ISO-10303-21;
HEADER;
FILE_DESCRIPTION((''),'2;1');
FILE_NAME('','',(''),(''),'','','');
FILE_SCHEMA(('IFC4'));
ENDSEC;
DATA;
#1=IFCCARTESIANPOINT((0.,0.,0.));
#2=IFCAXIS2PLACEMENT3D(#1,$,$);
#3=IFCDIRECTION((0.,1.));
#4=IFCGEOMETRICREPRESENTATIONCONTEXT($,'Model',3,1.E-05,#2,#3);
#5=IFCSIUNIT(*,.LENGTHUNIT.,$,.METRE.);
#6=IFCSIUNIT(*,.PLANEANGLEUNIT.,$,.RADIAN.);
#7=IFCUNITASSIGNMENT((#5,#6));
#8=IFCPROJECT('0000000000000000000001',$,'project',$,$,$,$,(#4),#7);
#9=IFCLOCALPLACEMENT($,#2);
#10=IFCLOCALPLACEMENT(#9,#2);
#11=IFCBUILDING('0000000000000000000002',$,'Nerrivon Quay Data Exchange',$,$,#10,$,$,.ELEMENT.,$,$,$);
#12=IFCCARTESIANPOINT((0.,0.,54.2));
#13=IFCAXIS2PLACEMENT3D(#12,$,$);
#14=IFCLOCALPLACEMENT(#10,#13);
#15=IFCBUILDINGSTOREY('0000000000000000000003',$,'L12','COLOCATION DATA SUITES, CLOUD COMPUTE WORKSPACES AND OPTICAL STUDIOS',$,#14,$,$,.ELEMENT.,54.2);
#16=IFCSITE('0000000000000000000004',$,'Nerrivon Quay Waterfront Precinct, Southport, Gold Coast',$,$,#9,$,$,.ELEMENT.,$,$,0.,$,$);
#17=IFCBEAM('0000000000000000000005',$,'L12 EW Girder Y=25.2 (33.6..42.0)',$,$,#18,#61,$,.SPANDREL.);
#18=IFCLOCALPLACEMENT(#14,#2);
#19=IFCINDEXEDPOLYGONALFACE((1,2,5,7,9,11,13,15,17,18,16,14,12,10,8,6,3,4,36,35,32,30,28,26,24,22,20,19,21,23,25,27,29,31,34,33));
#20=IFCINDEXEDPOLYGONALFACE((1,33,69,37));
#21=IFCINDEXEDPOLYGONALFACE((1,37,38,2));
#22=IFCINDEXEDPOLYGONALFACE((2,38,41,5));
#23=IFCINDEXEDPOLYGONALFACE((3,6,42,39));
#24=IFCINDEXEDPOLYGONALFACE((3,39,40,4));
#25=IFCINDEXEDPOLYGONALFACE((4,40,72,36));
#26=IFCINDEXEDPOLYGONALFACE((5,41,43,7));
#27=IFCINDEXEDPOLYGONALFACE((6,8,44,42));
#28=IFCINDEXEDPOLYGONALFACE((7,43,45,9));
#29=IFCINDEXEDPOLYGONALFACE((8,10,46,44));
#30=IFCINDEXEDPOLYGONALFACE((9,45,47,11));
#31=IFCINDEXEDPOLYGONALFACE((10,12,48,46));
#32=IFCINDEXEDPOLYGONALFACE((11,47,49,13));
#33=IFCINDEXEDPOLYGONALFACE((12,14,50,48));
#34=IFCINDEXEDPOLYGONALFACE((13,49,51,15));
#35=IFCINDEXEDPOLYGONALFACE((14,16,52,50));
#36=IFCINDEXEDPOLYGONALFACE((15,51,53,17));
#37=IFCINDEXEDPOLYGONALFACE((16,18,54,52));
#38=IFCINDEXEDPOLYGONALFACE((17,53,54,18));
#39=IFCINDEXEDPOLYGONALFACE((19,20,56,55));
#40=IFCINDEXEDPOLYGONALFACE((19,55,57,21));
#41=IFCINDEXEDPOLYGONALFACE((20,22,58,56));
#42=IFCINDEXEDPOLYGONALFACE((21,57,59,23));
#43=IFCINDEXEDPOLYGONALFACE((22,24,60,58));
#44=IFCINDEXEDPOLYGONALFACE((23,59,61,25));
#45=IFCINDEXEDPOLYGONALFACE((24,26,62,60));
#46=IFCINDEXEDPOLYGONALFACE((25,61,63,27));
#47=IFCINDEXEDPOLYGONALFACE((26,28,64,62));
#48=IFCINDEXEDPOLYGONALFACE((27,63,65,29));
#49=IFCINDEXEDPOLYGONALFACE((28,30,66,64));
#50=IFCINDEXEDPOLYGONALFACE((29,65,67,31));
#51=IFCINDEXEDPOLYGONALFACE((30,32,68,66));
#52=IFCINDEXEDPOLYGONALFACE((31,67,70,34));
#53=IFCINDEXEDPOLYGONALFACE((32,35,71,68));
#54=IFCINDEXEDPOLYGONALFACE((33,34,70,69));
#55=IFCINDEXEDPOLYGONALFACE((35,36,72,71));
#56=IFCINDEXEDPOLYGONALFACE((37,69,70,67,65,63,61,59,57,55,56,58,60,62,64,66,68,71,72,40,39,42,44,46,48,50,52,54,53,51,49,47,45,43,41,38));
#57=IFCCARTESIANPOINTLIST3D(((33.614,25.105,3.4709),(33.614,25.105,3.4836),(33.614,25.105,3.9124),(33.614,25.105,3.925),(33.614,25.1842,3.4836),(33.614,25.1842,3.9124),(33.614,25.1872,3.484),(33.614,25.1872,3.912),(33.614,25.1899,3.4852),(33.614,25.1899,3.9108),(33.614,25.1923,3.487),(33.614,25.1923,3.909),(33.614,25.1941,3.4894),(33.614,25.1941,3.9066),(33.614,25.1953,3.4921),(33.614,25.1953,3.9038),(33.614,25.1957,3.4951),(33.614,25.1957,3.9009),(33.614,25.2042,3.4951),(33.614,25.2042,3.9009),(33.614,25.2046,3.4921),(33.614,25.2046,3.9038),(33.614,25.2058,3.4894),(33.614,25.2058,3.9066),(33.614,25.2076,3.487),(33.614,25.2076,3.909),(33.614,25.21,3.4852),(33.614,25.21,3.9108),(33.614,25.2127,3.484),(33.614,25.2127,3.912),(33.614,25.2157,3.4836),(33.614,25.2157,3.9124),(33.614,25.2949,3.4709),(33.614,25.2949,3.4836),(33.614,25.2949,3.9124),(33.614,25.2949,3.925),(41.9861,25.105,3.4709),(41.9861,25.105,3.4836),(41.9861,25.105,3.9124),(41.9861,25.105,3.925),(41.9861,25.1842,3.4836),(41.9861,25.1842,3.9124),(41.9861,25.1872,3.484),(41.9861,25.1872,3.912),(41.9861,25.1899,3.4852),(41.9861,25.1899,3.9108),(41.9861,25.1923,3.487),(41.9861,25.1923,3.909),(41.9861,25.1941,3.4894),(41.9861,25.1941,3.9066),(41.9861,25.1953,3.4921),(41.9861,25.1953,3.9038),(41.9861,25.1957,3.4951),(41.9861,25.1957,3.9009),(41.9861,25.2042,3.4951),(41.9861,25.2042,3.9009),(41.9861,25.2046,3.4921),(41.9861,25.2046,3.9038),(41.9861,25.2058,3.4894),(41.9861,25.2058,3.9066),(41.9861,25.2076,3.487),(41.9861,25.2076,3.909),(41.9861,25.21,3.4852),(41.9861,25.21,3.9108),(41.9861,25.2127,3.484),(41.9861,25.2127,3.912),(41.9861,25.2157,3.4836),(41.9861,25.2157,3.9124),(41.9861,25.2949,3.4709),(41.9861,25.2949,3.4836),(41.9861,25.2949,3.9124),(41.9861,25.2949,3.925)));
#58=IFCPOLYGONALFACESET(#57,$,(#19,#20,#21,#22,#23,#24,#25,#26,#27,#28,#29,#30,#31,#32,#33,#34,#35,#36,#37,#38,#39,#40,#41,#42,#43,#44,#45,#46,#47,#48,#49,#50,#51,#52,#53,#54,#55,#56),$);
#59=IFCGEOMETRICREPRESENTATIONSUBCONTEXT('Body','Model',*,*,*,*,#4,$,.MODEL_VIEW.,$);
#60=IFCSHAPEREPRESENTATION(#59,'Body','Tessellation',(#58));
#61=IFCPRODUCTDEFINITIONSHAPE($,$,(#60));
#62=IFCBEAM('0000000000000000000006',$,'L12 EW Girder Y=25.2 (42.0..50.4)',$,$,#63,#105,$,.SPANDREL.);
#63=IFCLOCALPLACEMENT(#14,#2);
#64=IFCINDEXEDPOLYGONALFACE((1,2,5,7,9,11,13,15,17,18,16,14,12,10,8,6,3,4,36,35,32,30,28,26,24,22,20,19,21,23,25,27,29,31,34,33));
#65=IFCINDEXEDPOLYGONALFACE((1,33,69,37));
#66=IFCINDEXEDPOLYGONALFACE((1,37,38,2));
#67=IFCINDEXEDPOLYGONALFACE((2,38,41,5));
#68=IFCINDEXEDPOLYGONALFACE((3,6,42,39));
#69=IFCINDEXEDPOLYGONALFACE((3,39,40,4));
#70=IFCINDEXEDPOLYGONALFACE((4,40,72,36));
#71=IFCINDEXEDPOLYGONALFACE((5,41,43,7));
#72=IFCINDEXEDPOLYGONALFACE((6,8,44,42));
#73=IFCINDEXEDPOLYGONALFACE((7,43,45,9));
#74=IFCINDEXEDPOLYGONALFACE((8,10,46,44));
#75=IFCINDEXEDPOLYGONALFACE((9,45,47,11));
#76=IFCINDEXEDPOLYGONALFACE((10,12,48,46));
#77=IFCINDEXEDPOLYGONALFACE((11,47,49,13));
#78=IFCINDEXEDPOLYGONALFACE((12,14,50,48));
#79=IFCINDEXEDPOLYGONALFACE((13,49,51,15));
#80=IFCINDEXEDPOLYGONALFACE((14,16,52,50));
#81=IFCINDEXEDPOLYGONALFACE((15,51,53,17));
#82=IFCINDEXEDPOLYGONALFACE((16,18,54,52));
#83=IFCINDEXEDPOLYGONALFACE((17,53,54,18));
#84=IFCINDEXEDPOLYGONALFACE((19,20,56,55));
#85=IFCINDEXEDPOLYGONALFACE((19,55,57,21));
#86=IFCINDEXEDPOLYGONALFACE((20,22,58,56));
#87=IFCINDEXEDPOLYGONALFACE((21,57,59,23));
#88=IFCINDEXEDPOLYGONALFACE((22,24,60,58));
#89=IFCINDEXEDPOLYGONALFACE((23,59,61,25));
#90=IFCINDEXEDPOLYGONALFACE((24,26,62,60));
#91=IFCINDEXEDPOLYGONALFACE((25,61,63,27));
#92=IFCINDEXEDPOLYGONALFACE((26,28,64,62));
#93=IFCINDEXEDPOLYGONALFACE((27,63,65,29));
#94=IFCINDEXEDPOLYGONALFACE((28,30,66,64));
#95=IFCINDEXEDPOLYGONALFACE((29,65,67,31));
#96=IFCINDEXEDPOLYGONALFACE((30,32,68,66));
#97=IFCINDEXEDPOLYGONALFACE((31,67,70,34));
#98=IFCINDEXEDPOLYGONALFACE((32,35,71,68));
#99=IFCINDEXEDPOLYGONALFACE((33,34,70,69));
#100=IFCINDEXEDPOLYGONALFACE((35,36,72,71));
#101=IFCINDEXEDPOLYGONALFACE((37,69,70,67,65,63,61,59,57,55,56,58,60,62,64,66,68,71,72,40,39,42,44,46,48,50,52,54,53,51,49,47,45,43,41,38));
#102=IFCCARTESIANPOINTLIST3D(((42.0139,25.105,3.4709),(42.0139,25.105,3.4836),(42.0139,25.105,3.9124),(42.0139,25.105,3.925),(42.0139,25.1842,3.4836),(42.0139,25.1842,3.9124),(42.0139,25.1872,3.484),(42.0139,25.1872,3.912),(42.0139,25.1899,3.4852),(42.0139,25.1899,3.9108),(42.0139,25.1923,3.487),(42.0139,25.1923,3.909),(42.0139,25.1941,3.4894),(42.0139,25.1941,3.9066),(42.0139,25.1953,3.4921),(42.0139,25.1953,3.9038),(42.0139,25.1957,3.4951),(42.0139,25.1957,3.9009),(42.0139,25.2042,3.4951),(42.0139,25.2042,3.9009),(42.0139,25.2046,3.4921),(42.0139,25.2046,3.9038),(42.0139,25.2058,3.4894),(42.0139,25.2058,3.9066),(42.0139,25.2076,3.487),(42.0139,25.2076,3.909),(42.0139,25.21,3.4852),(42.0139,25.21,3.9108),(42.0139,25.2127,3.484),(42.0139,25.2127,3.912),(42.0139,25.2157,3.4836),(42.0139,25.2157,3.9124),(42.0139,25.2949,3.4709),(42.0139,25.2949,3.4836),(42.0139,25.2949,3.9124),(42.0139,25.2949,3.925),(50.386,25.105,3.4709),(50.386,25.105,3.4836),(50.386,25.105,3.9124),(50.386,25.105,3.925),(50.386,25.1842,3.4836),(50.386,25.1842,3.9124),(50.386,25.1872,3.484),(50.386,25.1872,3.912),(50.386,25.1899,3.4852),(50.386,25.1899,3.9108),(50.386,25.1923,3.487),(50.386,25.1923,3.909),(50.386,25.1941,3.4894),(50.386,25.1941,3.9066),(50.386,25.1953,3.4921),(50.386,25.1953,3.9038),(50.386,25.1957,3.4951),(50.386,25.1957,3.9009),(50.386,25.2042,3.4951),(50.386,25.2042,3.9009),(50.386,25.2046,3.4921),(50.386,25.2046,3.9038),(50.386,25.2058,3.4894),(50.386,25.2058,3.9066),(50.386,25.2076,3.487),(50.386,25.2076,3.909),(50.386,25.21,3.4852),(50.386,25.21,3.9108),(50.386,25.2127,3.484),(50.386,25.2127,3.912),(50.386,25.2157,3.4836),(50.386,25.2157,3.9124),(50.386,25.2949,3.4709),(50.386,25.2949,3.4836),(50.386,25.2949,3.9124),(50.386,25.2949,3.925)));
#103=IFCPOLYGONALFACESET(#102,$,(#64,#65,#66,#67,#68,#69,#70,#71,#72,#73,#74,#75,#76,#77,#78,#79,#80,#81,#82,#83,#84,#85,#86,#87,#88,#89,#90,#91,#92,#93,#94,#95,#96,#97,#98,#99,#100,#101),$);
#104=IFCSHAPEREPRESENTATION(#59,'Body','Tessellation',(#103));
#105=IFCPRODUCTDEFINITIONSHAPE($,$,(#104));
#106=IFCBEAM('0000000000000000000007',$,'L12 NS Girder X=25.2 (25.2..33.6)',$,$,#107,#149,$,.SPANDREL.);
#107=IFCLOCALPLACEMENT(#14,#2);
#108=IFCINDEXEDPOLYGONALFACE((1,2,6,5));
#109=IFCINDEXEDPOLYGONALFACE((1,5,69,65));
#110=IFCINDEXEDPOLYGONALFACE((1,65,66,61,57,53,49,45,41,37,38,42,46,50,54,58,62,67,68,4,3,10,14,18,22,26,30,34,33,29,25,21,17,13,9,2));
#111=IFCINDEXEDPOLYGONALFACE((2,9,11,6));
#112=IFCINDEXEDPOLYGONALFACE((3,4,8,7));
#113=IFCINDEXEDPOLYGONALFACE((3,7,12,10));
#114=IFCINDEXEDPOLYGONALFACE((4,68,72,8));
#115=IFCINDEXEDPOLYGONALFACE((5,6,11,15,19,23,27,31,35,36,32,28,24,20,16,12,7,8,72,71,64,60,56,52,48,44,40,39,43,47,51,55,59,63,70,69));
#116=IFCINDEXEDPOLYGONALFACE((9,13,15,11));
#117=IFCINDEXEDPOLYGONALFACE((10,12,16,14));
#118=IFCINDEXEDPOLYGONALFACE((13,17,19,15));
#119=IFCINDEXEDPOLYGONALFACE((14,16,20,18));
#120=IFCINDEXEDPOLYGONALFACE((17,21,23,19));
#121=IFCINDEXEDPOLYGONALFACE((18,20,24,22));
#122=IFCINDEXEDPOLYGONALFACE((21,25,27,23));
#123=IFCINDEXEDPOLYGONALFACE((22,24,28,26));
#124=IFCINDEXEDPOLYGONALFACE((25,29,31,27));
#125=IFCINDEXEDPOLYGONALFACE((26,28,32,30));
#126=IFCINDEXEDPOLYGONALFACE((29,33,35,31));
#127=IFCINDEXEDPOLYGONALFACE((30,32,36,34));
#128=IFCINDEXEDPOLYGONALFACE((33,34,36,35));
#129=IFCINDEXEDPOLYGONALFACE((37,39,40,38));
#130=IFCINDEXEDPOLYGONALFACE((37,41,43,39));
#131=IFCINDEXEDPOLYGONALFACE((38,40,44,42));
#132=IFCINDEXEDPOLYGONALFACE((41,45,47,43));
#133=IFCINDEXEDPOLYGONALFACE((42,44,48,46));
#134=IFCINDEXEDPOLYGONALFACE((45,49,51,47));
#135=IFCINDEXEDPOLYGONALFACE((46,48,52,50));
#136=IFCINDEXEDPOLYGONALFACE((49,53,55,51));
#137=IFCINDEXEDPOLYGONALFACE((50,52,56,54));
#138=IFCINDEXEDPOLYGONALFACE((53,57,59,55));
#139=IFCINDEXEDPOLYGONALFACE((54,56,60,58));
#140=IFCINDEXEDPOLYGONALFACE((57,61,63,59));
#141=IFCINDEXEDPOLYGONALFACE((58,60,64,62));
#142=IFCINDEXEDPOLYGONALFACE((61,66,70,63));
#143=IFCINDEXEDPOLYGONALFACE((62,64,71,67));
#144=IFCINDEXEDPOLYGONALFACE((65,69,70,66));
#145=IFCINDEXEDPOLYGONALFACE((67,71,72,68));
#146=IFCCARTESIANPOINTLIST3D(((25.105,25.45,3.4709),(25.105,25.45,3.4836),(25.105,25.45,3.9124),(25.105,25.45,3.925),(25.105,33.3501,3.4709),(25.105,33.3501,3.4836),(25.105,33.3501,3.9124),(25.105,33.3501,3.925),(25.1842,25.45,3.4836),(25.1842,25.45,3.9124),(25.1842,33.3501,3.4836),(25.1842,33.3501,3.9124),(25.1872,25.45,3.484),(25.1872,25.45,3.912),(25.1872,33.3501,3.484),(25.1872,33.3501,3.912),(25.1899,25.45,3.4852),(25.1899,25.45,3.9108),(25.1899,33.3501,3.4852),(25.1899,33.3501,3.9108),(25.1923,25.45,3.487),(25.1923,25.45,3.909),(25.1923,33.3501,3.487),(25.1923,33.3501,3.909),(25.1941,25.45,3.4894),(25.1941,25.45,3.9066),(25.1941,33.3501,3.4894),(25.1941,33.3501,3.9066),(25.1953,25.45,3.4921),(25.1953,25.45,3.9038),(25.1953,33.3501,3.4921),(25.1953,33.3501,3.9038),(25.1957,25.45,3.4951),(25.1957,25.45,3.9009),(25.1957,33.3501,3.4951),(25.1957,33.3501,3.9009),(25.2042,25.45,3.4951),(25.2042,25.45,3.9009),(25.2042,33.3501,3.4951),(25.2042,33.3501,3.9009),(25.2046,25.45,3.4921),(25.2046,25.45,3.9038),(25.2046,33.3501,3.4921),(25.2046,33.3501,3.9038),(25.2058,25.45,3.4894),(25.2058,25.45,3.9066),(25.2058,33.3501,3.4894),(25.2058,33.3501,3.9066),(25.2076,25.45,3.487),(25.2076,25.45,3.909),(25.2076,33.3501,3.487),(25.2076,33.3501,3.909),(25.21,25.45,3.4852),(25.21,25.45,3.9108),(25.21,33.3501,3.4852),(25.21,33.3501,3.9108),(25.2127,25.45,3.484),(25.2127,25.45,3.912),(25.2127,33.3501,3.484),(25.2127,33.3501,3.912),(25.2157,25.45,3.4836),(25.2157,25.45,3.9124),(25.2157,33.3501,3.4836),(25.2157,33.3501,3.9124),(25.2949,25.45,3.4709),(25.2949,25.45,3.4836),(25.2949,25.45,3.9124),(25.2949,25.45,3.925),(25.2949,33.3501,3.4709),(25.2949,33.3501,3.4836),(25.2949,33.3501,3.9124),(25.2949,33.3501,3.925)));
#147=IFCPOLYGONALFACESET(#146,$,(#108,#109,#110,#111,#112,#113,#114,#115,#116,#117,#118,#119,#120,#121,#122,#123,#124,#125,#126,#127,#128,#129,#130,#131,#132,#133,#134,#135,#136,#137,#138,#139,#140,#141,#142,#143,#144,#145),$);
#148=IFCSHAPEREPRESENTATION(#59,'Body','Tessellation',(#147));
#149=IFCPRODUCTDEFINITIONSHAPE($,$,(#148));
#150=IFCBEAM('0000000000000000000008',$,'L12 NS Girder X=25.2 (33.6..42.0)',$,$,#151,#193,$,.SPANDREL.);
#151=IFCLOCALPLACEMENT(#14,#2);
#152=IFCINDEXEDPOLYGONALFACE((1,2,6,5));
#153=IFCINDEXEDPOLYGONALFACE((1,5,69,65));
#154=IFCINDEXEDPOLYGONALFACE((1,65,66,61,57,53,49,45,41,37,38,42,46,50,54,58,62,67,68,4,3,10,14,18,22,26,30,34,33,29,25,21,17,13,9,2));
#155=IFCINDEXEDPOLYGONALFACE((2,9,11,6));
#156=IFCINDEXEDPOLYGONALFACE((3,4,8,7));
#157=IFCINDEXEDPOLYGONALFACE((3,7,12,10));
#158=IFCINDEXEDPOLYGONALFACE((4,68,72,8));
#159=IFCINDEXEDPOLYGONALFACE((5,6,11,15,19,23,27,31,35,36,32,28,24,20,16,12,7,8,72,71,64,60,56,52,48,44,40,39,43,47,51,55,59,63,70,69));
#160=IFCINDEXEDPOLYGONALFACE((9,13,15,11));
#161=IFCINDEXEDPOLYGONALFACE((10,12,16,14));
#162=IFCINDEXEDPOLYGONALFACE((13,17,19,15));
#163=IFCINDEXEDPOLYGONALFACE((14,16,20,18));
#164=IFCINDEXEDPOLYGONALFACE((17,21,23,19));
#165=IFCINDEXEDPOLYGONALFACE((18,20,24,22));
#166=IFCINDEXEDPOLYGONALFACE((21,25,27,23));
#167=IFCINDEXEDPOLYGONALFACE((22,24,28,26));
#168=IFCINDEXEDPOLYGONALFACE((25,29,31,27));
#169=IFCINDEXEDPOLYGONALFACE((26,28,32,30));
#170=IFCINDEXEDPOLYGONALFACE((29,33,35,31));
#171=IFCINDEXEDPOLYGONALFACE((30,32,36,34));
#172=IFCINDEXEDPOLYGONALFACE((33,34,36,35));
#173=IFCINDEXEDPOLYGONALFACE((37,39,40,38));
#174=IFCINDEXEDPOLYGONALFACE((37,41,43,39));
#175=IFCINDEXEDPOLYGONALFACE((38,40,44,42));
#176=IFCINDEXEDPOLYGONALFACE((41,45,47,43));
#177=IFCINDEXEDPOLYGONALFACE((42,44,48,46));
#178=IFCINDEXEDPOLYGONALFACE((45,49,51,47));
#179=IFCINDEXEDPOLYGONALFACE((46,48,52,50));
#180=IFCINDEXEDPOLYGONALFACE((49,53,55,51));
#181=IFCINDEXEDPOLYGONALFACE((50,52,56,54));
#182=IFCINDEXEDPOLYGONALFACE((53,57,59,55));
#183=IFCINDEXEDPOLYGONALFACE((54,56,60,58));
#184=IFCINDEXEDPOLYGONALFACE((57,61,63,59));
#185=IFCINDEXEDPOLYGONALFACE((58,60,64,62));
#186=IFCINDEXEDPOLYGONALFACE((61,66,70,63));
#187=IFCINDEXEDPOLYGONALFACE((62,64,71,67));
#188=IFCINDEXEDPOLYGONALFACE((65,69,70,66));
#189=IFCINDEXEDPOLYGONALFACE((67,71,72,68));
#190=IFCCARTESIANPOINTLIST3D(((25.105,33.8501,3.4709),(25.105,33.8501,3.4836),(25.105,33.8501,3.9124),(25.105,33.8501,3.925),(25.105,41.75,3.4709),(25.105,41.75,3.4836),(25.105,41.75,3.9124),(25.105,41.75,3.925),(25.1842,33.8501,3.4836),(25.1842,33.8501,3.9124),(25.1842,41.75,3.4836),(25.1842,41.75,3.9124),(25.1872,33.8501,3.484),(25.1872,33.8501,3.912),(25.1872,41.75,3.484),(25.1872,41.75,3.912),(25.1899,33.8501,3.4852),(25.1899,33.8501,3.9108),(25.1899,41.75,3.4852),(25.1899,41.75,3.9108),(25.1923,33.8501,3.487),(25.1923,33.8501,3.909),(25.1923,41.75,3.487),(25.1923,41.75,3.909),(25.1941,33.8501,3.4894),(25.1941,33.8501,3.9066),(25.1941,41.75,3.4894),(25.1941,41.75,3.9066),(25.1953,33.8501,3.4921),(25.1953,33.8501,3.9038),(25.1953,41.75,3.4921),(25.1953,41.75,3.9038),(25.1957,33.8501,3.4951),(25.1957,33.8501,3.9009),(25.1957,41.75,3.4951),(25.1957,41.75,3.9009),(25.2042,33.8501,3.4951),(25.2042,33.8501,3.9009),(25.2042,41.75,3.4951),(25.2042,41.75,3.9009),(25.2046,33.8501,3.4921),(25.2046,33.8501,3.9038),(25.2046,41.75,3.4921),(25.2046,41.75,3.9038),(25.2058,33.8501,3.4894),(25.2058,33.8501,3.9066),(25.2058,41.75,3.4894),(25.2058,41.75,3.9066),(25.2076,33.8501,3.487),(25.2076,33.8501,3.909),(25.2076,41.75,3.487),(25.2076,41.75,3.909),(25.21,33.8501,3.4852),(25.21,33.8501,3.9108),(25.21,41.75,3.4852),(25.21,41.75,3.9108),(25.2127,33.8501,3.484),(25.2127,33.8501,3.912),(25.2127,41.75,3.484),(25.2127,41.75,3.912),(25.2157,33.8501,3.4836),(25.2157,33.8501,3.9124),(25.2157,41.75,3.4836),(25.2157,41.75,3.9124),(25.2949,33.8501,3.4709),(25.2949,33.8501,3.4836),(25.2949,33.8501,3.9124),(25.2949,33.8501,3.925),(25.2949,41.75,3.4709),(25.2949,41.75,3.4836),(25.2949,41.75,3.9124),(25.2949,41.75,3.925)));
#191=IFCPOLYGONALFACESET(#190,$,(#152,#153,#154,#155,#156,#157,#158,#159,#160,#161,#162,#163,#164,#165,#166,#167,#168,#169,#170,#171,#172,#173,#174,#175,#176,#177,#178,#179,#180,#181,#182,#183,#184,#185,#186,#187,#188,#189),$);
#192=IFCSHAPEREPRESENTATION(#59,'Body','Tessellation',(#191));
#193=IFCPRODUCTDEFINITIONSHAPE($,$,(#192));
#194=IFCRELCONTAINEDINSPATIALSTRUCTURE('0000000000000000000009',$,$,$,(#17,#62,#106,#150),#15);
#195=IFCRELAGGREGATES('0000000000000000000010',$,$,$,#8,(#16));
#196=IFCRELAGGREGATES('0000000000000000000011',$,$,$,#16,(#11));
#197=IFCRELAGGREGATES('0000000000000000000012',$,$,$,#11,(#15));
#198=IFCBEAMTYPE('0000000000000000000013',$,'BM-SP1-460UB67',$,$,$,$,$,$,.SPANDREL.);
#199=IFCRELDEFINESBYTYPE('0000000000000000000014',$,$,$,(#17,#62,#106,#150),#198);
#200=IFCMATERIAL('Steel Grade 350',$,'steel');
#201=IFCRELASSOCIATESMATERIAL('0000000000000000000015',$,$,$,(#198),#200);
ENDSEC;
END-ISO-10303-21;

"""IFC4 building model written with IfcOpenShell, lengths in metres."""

from ifc_helpers import new_model, si_unit, direction, frame, origin, origin_2d, place, context, subcontext, project, spatial, i_section, extrude, material, material_profile, profile_set, type_object, element, save


model = new_model("IFC4")

# Units and contexts
model_context = context("Model", 3, precision=1e-05, world=origin(), true_north=direction((0.0, 1.0)))
body_context = subcontext(model_context, "Body", "Model", "MODEL_VIEW")
ifc_project = project(units=[si_unit("LENGTHUNIT", "METRE"), si_unit("PLANEANGLEUNIT", "RADIAN")], contexts=[model_context])

# Site, building, storey
site_placement = place(None, origin())
site = spatial("IfcSite", under=ifc_project, at=site_placement, Name="Nerrivon Quay Waterfront Precinct, Southport, Gold Coast", CompositionType="ELEMENT", RefElevation=0.0)
building_placement = place(site_placement, origin())
building = spatial("IfcBuilding", under=site, at=building_placement, Name="Nerrivon Quay Data Exchange", CompositionType="ELEMENT")
storey_placement = place(building_placement, frame((0.0, 0.0, 54.2)))
storey = spatial("IfcBuildingStorey", under=building, at=storey_placement, Name="L12", Description="COLOCATION DATA SUITES, CLOUD COMPUTE WORKSPACES AND OPTICAL STUDIOS", CompositionType="ELEMENT", Elevation=54.2)

# Shared definitions
ifc_material_1 = material(Name="Steel Grade 350", Category="steel")

# Beams
ifc_material_profile_1 = material_profile(ifc_material_1, i_section(OverallWidth=0.1899, OverallDepth=0.4541, WebThickness=0.0085, FlangeThickness=0.0127, FilletRadius=0.0115, at=origin_2d()), Name="460UB67.1")
ifc_profile_set_1 = profile_set([ifc_material_profile_1], Name="Steel Grade 350")
beam_type = type_object("IfcBeamType", Name="BM-SP1-460UB67", PredefinedType="SPANDREL", material=ifc_profile_set_1)
for number, where, z_axis, x_axis, name in (
    (1, (33.614, 25.2, 3.698), (1.0, 0.0, 0.0), (0.0, 1.0, 0.0), "L12 EW Girder Y=25.2 (33.6..42.0)"),
    (2, (42.0139, 25.2, 3.698), (1.0, 0.0, 0.0), (0.0, 1.0, 0.0), "L12 EW Girder Y=25.2 (42.0..50.4)"),
):
    element("IfcBeam", number, at=place(storey_placement, frame(where, z_axis=z_axis, x_axis=x_axis)), inside=storey, type_object=beam_type, Name=name, PredefinedType="SPANDREL", context=body_context, shape_type="SweptSolid", body=[
        extrude(i_section(OverallWidth=0.1899, OverallDepth=0.4541, WebThickness=0.0085, FlangeThickness=0.0127, FilletRadius=0.0115, at=origin_2d()), origin(), (0.0, 0.0, 1.0), 8.3721),
    ])
beam_1_placement = place(storey_placement, frame((25.2, 25.45, 3.698), z_axis=(0.0, 1.0, 0.0), x_axis=(-1.0, 0.0, 0.0)))
element("IfcBeam", 3, at=beam_1_placement, inside=storey, type_object=beam_type, Name="L12 NS Girder X=25.2 (25.2..33.6)", PredefinedType="SPANDREL", context=body_context, shape_type="SweptSolid", body=[
    extrude(i_section(OverallWidth=0.1899, OverallDepth=0.4541, WebThickness=0.0085, FlangeThickness=0.0127, FilletRadius=0.0115, at=origin_2d()), origin(), (0.0, 0.0, 1.0), 7.9001),
])
beam_2_placement = place(storey_placement, frame((25.2, 33.8501, 3.698), z_axis=(0.0, 1.0, 0.0), x_axis=(-1.0, 0.0, 0.0)))
element("IfcBeam", 4, at=beam_2_placement, inside=storey, type_object=beam_type, Name="L12 NS Girder X=25.2 (33.6..42.0)", PredefinedType="SPANDREL", context=body_context, shape_type="SweptSolid", body=[
    extrude(i_section(OverallWidth=0.1899, OverallDepth=0.4541, WebThickness=0.0085, FlangeThickness=0.0127, FilletRadius=0.0115, at=origin_2d()), origin(), (0.0, 0.0, 1.0), 7.8999),
])

save(model, "model.ifc")
